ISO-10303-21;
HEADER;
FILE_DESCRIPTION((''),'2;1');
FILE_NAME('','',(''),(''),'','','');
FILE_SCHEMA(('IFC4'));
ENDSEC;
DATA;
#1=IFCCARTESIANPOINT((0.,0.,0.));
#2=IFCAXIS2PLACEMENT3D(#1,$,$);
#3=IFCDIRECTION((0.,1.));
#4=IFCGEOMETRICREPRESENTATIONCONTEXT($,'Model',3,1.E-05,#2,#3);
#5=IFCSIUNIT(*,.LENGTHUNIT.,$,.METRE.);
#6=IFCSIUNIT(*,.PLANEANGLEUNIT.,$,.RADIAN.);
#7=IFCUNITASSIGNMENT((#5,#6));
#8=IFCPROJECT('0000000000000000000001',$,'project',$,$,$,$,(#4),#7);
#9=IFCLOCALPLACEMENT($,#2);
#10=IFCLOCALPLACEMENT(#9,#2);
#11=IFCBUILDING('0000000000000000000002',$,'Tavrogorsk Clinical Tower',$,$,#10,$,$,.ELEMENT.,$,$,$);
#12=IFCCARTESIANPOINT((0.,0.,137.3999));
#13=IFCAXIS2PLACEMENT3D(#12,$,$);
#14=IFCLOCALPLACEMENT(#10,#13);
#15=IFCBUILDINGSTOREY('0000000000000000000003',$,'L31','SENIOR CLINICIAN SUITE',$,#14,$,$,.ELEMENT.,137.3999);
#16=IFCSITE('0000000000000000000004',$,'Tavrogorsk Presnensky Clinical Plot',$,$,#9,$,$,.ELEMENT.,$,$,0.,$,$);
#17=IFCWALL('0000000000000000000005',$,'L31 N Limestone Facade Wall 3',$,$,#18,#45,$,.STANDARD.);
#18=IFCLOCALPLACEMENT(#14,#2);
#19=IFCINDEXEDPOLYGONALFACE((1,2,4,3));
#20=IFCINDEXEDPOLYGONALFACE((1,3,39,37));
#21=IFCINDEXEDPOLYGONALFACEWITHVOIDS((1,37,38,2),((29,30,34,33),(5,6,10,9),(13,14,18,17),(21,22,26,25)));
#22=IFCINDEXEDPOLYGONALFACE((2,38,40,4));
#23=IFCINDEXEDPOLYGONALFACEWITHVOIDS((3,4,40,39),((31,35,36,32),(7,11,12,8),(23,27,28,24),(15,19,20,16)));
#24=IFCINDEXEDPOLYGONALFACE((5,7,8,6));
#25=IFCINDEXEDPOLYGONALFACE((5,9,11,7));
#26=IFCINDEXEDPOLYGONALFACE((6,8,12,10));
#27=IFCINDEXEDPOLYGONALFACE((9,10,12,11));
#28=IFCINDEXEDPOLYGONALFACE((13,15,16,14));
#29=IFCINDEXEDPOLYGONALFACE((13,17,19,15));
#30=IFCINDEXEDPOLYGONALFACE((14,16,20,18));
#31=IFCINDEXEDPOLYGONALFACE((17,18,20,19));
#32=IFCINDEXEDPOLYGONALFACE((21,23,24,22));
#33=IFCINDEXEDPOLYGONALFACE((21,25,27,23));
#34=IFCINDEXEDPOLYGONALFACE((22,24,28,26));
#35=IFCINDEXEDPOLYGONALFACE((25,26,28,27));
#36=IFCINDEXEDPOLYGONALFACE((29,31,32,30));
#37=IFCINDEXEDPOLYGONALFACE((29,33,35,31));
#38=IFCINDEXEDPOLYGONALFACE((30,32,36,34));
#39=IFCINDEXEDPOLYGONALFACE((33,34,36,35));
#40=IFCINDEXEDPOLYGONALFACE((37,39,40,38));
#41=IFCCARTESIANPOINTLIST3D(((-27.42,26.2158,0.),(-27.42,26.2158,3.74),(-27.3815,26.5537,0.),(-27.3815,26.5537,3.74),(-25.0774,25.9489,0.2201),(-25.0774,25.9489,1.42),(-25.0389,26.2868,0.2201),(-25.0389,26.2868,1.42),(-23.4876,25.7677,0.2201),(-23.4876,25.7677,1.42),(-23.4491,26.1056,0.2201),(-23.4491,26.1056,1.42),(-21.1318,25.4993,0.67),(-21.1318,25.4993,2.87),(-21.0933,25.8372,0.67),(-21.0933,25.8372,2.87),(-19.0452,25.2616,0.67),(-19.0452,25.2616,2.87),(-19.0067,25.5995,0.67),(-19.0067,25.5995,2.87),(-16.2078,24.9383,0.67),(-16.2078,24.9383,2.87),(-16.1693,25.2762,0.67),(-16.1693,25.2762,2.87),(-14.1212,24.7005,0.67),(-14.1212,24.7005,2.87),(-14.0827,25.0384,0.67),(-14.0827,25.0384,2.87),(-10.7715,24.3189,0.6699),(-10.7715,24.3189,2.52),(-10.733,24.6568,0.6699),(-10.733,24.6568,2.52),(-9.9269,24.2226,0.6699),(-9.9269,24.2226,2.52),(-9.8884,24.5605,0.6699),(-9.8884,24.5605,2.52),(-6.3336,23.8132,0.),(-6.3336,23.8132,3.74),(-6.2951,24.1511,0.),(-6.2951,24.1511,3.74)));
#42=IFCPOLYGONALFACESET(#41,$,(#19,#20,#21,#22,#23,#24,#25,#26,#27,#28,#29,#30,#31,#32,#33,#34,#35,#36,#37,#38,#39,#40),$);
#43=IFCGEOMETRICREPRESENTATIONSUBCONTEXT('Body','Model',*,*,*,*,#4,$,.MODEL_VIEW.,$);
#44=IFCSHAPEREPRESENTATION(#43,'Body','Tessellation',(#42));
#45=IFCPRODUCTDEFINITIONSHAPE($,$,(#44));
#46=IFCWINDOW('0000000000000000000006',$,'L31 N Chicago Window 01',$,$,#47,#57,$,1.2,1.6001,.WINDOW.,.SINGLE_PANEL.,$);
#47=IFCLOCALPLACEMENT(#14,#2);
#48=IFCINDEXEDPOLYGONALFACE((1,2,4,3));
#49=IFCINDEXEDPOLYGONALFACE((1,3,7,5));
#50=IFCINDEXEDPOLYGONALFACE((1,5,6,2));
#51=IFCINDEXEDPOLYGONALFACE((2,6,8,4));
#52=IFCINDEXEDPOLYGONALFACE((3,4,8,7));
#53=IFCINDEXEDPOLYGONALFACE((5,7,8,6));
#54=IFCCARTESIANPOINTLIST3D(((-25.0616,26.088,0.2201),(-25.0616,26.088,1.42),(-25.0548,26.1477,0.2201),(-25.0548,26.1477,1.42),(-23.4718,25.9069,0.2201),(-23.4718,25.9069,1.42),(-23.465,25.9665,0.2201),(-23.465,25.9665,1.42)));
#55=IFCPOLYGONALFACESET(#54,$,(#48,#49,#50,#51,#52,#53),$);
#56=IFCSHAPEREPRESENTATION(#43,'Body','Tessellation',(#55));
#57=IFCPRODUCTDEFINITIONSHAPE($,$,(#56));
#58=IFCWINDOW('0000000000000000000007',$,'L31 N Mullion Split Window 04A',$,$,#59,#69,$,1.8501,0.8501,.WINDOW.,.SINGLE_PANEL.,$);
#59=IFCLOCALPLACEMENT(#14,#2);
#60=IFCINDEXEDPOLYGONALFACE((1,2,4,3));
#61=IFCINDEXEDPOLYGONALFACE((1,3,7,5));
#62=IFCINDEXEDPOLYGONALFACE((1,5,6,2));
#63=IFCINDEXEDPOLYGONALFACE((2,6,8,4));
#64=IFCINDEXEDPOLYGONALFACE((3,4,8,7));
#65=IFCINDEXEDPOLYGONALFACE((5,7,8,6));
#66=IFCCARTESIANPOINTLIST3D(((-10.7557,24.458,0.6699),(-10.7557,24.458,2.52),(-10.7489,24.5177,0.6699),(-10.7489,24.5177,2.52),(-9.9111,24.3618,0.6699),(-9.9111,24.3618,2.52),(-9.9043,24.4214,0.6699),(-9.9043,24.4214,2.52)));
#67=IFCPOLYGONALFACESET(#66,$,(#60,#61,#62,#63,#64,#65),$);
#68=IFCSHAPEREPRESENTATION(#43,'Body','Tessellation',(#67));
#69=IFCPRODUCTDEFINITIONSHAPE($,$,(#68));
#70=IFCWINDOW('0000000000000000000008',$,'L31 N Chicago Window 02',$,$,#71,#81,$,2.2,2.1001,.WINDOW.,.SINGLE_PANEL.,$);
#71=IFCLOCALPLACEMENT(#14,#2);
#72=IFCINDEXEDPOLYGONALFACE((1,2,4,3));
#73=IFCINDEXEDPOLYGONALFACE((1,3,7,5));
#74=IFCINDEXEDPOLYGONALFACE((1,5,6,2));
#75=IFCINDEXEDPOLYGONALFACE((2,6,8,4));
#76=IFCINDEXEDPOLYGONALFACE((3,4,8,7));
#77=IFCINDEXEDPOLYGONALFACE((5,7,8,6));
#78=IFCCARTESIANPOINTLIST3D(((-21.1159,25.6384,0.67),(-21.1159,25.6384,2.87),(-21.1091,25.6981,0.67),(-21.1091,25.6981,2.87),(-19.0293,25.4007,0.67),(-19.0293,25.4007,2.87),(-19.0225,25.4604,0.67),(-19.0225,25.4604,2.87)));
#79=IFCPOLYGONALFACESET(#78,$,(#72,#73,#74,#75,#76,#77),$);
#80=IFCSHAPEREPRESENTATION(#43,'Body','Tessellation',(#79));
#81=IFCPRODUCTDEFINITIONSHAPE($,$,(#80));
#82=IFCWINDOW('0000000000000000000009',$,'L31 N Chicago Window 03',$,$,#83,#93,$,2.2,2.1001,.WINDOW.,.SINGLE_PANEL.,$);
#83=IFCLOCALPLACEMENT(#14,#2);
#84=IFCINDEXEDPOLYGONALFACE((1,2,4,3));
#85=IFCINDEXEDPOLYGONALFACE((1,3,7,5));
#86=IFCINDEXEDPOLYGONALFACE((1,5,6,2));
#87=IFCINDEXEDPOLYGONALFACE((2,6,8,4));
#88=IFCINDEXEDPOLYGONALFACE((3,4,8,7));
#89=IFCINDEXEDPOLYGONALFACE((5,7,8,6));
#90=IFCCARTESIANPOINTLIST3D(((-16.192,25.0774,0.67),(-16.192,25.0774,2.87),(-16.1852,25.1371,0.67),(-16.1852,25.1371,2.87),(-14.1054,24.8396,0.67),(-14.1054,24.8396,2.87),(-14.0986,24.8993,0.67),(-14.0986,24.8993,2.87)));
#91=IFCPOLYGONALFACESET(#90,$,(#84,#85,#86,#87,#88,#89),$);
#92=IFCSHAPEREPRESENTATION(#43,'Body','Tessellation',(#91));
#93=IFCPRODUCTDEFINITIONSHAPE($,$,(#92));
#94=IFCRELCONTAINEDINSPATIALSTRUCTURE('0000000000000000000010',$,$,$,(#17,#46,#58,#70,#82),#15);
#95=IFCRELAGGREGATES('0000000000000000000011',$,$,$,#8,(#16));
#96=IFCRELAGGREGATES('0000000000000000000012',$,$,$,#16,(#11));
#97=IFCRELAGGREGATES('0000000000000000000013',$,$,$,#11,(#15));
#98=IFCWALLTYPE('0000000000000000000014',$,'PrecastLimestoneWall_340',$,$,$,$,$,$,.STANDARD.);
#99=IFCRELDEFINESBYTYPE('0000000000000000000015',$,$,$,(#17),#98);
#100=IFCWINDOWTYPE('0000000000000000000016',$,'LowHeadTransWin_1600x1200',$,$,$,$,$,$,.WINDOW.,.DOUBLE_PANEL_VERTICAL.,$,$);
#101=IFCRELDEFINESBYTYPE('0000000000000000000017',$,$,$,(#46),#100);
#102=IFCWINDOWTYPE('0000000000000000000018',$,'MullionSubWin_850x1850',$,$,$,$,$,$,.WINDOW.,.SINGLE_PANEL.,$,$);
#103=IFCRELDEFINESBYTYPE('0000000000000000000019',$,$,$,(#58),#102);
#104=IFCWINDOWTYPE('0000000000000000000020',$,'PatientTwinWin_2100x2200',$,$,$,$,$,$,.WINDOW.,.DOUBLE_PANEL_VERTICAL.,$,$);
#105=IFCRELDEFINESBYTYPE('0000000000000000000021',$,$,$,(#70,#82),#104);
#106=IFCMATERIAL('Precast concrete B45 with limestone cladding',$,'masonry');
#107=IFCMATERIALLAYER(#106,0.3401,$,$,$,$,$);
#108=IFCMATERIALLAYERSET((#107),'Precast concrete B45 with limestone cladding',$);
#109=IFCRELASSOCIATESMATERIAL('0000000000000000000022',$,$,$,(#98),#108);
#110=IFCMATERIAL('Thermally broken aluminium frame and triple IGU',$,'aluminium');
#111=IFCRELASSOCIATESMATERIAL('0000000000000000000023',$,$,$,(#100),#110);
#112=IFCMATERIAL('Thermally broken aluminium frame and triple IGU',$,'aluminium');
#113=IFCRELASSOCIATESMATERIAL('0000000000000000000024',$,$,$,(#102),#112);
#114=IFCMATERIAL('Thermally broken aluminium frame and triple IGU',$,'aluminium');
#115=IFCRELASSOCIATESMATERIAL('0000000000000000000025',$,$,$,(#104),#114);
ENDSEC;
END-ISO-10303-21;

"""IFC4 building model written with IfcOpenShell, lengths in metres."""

from ifc_helpers import new_model, si_unit, direction, frame, frame_2d, origin, place, context, subcontext, project, spatial, rectangle, extrude, material, layer, layer_set, type_object, element, fill, save


model = new_model("IFC4")

# Units and contexts
model_context = context("Model", 3, precision=1e-05, world=origin(), true_north=direction((0.0, 1.0)))
body_context = subcontext(model_context, "Body", "Model", "MODEL_VIEW")
ifc_project = project(units=[si_unit("LENGTHUNIT", "METRE"), si_unit("PLANEANGLEUNIT", "RADIAN")], contexts=[model_context])

# Site, building, storey
site_placement = place(None, origin())
site = spatial("IfcSite", under=ifc_project, at=site_placement, Name="Tavrogorsk Presnensky Clinical Plot", CompositionType="ELEMENT", RefElevation=0.0)
building_placement = place(site_placement, origin())
building = spatial("IfcBuilding", under=site, at=building_placement, Name="Tavrogorsk Clinical Tower", CompositionType="ELEMENT")
storey_placement = place(building_placement, frame((0.0, 0.0, 137.3999)))
storey = spatial("IfcBuildingStorey", under=building, at=storey_placement, Name="L31", Description="SENIOR CLINICIAN SUITE", CompositionType="ELEMENT", Elevation=137.3999)

# Wall, openings, windows
ifc_material_1 = material(Name="Precast concrete B45 with limestone cladding", Category="masonry")
ifc_layer_1 = layer(ifc_material_1, 0.3401)
ifc_layer_set_1 = layer_set([ifc_layer_1], Name="Precast concrete B45 with limestone cladding")
wall_type_1 = type_object("IfcWallType", Name="PrecastLimestoneWall_340", PredefinedType="STANDARD", material=ifc_layer_set_1)
wall_1_placement = place(storey_placement, frame((-6.3145, 23.9822, 0.0), z_axis=(0.0, 0.0, 1.0), x_axis=(-0.993571, 0.113208, 0.0)))
wall_1 = element("IfcWall", 1, at=wall_1_placement, inside=storey, type_object=wall_type_1, Name="L31 N Limestone Facade Wall 3", PredefinedType="STANDARD", context=body_context, shape_type="SweptSolid", body=[
    extrude(rectangle(XDim=21.2229, YDim=0.3401, at=frame_2d((10.6113, 0.0))), origin(), (0.0, 0.0, 1.0), 3.74),
])
opening_1_placement = place(wall_1_placement, frame((17.2649, 0.0, 0.22)))
opening_1 = element("IfcOpeningElement", 2, at=opening_1_placement, cuts=wall_1, PredefinedType="OPENING", context=body_context, shape_type="SweptSolid", body=[
    extrude(rectangle(XDim=1.6001, YDim=1.2, at=frame_2d((0.8, 0.6001))), frame((0.0, 0.1799, 0.0), z_axis=(0.0, -1.0, 0.0), x_axis=(1.0, 0.0, 0.0)), (0.0, 0.0, 1.0), 0.3601),
])
opening_2_placement = place(wall_1_placement, frame((12.7937, 0.0, 0.6699)))
opening_2 = element("IfcOpeningElement", 3, at=opening_2_placement, cuts=wall_1, PredefinedType="OPENING", context=body_context, shape_type="SweptSolid", body=[
    extrude(rectangle(XDim=2.1001, YDim=2.2, at=frame_2d((1.05, 1.1001))), frame((0.0, 0.1799, 0.0), z_axis=(0.0, -1.0, 0.0), x_axis=(1.0, 0.0, 0.0)), (0.0, 0.0, 1.0), 0.3601),
])
opening_3_placement = place(wall_1_placement, frame((7.8379, 0.0, 0.6699)))
opening_3 = element("IfcOpeningElement", 4, at=opening_3_placement, cuts=wall_1, PredefinedType="OPENING", context=body_context, shape_type="SweptSolid", body=[
    extrude(rectangle(XDim=2.1001, YDim=2.2, at=frame_2d((1.05, 1.1001))), frame((0.0, 0.1799, 0.0), z_axis=(0.0, -1.0, 0.0), x_axis=(1.0, 0.0, 0.0)), (0.0, 0.0, 1.0), 0.3601),
])
opening_4_placement = place(wall_1_placement, frame((3.6165, 0.0, 0.6699)))
opening_4 = element("IfcOpeningElement", 5, at=opening_4_placement, cuts=wall_1, PredefinedType="OPENING", context=body_context, shape_type="SweptSolid", body=[
    extrude(rectangle(XDim=0.8501, YDim=1.8501, at=frame_2d((0.425, 0.925))), frame((0.0, 0.1799, 0.0), z_axis=(0.0, -1.0, 0.0), x_axis=(1.0, 0.0, 0.0)), (0.0, 0.0, 1.0), 0.3601),
])
ifc_material_2 = material(Name="Thermally broken aluminium frame and triple IGU", Category="aluminium")
window_type_1 = type_object("IfcWindowType", Name="LowHeadTransWin_1600x1200", PartitioningType="DOUBLE_PANEL_VERTICAL", PredefinedType="WINDOW", material=ifc_material_2)
window_1_placement = place(opening_1_placement, origin())
window_1 = element("IfcWindow", 6, at=window_1_placement, inside=storey, type_object=window_type_1, Name="L31 N Chicago Window 01", OverallHeight=1.2, OverallWidth=1.6001, PartitioningType="SINGLE_PANEL", PredefinedType="WINDOW", context=body_context, shape_type="SweptSolid", body=[
    extrude(rectangle(XDim=1.6001, YDim=1.2, at=frame_2d((0.8, 0.6001))), frame((0.0, 0.03, 0.0), z_axis=(0.0, -1.0, 0.0), x_axis=(1.0, 0.0, 0.0)), (0.0, 0.0, 1.0), 0.0601),
])
fill(opening_1, window_1)
ifc_material_3 = material(Name="Thermally broken aluminium frame and triple IGU", Category="aluminium")
window_type_2 = type_object("IfcWindowType", Name="MullionSubWin_850x1850", PartitioningType="SINGLE_PANEL", PredefinedType="WINDOW", material=ifc_material_3)
window_2_placement = place(opening_4_placement, origin())
window_2 = element("IfcWindow", 7, at=window_2_placement, inside=storey, type_object=window_type_2, Name="L31 N Mullion Split Window 04A", OverallHeight=1.8501, OverallWidth=0.8501, PartitioningType="SINGLE_PANEL", PredefinedType="WINDOW", context=body_context, shape_type="SweptSolid", body=[
    extrude(rectangle(XDim=0.8501, YDim=1.8501, at=frame_2d((0.425, 0.925))), frame((0.0, 0.03, 0.0), z_axis=(0.0, -1.0, 0.0), x_axis=(1.0, 0.0, 0.0)), (0.0, 0.0, 1.0), 0.0601),
])
fill(opening_4, window_2)
ifc_material_4 = material(Name="Thermally broken aluminium frame and triple IGU", Category="aluminium")
window_type_3 = type_object("IfcWindowType", Name="PatientTwinWin_2100x2200", PartitioningType="DOUBLE_PANEL_VERTICAL", PredefinedType="WINDOW", material=ifc_material_4)
window_3_placement = place(opening_2_placement, origin())
window_3 = element("IfcWindow", 8, at=window_3_placement, inside=storey, type_object=window_type_3, Name="L31 N Chicago Window 02", OverallHeight=2.2, OverallWidth=2.1001, PartitioningType="SINGLE_PANEL", PredefinedType="WINDOW", context=body_context, shape_type="SweptSolid", body=[
    extrude(rectangle(XDim=2.1001, YDim=2.2, at=frame_2d((1.05, 1.1001))), frame((0.0, 0.03, 0.0), z_axis=(0.0, -1.0, 0.0), x_axis=(1.0, 0.0, 0.0)), (0.0, 0.0, 1.0), 0.0601),
])
fill(opening_2, window_3)
window_4_placement = place(opening_3_placement, origin())
window_4 = element("IfcWindow", 9, at=window_4_placement, inside=storey, type_object=window_type_3, Name="L31 N Chicago Window 03", OverallHeight=2.2, OverallWidth=2.1001, PartitioningType="SINGLE_PANEL", PredefinedType="WINDOW", context=body_context, shape_type="SweptSolid", body=[
    extrude(rectangle(XDim=2.1001, YDim=2.2, at=frame_2d((1.05, 1.1001))), frame((0.0, 0.03, 0.0), z_axis=(0.0, -1.0, 0.0), x_axis=(1.0, 0.0, 0.0)), (0.0, 0.0, 1.0), 0.0601),
])
fill(opening_3, window_4)

save(model, "model.ifc")
